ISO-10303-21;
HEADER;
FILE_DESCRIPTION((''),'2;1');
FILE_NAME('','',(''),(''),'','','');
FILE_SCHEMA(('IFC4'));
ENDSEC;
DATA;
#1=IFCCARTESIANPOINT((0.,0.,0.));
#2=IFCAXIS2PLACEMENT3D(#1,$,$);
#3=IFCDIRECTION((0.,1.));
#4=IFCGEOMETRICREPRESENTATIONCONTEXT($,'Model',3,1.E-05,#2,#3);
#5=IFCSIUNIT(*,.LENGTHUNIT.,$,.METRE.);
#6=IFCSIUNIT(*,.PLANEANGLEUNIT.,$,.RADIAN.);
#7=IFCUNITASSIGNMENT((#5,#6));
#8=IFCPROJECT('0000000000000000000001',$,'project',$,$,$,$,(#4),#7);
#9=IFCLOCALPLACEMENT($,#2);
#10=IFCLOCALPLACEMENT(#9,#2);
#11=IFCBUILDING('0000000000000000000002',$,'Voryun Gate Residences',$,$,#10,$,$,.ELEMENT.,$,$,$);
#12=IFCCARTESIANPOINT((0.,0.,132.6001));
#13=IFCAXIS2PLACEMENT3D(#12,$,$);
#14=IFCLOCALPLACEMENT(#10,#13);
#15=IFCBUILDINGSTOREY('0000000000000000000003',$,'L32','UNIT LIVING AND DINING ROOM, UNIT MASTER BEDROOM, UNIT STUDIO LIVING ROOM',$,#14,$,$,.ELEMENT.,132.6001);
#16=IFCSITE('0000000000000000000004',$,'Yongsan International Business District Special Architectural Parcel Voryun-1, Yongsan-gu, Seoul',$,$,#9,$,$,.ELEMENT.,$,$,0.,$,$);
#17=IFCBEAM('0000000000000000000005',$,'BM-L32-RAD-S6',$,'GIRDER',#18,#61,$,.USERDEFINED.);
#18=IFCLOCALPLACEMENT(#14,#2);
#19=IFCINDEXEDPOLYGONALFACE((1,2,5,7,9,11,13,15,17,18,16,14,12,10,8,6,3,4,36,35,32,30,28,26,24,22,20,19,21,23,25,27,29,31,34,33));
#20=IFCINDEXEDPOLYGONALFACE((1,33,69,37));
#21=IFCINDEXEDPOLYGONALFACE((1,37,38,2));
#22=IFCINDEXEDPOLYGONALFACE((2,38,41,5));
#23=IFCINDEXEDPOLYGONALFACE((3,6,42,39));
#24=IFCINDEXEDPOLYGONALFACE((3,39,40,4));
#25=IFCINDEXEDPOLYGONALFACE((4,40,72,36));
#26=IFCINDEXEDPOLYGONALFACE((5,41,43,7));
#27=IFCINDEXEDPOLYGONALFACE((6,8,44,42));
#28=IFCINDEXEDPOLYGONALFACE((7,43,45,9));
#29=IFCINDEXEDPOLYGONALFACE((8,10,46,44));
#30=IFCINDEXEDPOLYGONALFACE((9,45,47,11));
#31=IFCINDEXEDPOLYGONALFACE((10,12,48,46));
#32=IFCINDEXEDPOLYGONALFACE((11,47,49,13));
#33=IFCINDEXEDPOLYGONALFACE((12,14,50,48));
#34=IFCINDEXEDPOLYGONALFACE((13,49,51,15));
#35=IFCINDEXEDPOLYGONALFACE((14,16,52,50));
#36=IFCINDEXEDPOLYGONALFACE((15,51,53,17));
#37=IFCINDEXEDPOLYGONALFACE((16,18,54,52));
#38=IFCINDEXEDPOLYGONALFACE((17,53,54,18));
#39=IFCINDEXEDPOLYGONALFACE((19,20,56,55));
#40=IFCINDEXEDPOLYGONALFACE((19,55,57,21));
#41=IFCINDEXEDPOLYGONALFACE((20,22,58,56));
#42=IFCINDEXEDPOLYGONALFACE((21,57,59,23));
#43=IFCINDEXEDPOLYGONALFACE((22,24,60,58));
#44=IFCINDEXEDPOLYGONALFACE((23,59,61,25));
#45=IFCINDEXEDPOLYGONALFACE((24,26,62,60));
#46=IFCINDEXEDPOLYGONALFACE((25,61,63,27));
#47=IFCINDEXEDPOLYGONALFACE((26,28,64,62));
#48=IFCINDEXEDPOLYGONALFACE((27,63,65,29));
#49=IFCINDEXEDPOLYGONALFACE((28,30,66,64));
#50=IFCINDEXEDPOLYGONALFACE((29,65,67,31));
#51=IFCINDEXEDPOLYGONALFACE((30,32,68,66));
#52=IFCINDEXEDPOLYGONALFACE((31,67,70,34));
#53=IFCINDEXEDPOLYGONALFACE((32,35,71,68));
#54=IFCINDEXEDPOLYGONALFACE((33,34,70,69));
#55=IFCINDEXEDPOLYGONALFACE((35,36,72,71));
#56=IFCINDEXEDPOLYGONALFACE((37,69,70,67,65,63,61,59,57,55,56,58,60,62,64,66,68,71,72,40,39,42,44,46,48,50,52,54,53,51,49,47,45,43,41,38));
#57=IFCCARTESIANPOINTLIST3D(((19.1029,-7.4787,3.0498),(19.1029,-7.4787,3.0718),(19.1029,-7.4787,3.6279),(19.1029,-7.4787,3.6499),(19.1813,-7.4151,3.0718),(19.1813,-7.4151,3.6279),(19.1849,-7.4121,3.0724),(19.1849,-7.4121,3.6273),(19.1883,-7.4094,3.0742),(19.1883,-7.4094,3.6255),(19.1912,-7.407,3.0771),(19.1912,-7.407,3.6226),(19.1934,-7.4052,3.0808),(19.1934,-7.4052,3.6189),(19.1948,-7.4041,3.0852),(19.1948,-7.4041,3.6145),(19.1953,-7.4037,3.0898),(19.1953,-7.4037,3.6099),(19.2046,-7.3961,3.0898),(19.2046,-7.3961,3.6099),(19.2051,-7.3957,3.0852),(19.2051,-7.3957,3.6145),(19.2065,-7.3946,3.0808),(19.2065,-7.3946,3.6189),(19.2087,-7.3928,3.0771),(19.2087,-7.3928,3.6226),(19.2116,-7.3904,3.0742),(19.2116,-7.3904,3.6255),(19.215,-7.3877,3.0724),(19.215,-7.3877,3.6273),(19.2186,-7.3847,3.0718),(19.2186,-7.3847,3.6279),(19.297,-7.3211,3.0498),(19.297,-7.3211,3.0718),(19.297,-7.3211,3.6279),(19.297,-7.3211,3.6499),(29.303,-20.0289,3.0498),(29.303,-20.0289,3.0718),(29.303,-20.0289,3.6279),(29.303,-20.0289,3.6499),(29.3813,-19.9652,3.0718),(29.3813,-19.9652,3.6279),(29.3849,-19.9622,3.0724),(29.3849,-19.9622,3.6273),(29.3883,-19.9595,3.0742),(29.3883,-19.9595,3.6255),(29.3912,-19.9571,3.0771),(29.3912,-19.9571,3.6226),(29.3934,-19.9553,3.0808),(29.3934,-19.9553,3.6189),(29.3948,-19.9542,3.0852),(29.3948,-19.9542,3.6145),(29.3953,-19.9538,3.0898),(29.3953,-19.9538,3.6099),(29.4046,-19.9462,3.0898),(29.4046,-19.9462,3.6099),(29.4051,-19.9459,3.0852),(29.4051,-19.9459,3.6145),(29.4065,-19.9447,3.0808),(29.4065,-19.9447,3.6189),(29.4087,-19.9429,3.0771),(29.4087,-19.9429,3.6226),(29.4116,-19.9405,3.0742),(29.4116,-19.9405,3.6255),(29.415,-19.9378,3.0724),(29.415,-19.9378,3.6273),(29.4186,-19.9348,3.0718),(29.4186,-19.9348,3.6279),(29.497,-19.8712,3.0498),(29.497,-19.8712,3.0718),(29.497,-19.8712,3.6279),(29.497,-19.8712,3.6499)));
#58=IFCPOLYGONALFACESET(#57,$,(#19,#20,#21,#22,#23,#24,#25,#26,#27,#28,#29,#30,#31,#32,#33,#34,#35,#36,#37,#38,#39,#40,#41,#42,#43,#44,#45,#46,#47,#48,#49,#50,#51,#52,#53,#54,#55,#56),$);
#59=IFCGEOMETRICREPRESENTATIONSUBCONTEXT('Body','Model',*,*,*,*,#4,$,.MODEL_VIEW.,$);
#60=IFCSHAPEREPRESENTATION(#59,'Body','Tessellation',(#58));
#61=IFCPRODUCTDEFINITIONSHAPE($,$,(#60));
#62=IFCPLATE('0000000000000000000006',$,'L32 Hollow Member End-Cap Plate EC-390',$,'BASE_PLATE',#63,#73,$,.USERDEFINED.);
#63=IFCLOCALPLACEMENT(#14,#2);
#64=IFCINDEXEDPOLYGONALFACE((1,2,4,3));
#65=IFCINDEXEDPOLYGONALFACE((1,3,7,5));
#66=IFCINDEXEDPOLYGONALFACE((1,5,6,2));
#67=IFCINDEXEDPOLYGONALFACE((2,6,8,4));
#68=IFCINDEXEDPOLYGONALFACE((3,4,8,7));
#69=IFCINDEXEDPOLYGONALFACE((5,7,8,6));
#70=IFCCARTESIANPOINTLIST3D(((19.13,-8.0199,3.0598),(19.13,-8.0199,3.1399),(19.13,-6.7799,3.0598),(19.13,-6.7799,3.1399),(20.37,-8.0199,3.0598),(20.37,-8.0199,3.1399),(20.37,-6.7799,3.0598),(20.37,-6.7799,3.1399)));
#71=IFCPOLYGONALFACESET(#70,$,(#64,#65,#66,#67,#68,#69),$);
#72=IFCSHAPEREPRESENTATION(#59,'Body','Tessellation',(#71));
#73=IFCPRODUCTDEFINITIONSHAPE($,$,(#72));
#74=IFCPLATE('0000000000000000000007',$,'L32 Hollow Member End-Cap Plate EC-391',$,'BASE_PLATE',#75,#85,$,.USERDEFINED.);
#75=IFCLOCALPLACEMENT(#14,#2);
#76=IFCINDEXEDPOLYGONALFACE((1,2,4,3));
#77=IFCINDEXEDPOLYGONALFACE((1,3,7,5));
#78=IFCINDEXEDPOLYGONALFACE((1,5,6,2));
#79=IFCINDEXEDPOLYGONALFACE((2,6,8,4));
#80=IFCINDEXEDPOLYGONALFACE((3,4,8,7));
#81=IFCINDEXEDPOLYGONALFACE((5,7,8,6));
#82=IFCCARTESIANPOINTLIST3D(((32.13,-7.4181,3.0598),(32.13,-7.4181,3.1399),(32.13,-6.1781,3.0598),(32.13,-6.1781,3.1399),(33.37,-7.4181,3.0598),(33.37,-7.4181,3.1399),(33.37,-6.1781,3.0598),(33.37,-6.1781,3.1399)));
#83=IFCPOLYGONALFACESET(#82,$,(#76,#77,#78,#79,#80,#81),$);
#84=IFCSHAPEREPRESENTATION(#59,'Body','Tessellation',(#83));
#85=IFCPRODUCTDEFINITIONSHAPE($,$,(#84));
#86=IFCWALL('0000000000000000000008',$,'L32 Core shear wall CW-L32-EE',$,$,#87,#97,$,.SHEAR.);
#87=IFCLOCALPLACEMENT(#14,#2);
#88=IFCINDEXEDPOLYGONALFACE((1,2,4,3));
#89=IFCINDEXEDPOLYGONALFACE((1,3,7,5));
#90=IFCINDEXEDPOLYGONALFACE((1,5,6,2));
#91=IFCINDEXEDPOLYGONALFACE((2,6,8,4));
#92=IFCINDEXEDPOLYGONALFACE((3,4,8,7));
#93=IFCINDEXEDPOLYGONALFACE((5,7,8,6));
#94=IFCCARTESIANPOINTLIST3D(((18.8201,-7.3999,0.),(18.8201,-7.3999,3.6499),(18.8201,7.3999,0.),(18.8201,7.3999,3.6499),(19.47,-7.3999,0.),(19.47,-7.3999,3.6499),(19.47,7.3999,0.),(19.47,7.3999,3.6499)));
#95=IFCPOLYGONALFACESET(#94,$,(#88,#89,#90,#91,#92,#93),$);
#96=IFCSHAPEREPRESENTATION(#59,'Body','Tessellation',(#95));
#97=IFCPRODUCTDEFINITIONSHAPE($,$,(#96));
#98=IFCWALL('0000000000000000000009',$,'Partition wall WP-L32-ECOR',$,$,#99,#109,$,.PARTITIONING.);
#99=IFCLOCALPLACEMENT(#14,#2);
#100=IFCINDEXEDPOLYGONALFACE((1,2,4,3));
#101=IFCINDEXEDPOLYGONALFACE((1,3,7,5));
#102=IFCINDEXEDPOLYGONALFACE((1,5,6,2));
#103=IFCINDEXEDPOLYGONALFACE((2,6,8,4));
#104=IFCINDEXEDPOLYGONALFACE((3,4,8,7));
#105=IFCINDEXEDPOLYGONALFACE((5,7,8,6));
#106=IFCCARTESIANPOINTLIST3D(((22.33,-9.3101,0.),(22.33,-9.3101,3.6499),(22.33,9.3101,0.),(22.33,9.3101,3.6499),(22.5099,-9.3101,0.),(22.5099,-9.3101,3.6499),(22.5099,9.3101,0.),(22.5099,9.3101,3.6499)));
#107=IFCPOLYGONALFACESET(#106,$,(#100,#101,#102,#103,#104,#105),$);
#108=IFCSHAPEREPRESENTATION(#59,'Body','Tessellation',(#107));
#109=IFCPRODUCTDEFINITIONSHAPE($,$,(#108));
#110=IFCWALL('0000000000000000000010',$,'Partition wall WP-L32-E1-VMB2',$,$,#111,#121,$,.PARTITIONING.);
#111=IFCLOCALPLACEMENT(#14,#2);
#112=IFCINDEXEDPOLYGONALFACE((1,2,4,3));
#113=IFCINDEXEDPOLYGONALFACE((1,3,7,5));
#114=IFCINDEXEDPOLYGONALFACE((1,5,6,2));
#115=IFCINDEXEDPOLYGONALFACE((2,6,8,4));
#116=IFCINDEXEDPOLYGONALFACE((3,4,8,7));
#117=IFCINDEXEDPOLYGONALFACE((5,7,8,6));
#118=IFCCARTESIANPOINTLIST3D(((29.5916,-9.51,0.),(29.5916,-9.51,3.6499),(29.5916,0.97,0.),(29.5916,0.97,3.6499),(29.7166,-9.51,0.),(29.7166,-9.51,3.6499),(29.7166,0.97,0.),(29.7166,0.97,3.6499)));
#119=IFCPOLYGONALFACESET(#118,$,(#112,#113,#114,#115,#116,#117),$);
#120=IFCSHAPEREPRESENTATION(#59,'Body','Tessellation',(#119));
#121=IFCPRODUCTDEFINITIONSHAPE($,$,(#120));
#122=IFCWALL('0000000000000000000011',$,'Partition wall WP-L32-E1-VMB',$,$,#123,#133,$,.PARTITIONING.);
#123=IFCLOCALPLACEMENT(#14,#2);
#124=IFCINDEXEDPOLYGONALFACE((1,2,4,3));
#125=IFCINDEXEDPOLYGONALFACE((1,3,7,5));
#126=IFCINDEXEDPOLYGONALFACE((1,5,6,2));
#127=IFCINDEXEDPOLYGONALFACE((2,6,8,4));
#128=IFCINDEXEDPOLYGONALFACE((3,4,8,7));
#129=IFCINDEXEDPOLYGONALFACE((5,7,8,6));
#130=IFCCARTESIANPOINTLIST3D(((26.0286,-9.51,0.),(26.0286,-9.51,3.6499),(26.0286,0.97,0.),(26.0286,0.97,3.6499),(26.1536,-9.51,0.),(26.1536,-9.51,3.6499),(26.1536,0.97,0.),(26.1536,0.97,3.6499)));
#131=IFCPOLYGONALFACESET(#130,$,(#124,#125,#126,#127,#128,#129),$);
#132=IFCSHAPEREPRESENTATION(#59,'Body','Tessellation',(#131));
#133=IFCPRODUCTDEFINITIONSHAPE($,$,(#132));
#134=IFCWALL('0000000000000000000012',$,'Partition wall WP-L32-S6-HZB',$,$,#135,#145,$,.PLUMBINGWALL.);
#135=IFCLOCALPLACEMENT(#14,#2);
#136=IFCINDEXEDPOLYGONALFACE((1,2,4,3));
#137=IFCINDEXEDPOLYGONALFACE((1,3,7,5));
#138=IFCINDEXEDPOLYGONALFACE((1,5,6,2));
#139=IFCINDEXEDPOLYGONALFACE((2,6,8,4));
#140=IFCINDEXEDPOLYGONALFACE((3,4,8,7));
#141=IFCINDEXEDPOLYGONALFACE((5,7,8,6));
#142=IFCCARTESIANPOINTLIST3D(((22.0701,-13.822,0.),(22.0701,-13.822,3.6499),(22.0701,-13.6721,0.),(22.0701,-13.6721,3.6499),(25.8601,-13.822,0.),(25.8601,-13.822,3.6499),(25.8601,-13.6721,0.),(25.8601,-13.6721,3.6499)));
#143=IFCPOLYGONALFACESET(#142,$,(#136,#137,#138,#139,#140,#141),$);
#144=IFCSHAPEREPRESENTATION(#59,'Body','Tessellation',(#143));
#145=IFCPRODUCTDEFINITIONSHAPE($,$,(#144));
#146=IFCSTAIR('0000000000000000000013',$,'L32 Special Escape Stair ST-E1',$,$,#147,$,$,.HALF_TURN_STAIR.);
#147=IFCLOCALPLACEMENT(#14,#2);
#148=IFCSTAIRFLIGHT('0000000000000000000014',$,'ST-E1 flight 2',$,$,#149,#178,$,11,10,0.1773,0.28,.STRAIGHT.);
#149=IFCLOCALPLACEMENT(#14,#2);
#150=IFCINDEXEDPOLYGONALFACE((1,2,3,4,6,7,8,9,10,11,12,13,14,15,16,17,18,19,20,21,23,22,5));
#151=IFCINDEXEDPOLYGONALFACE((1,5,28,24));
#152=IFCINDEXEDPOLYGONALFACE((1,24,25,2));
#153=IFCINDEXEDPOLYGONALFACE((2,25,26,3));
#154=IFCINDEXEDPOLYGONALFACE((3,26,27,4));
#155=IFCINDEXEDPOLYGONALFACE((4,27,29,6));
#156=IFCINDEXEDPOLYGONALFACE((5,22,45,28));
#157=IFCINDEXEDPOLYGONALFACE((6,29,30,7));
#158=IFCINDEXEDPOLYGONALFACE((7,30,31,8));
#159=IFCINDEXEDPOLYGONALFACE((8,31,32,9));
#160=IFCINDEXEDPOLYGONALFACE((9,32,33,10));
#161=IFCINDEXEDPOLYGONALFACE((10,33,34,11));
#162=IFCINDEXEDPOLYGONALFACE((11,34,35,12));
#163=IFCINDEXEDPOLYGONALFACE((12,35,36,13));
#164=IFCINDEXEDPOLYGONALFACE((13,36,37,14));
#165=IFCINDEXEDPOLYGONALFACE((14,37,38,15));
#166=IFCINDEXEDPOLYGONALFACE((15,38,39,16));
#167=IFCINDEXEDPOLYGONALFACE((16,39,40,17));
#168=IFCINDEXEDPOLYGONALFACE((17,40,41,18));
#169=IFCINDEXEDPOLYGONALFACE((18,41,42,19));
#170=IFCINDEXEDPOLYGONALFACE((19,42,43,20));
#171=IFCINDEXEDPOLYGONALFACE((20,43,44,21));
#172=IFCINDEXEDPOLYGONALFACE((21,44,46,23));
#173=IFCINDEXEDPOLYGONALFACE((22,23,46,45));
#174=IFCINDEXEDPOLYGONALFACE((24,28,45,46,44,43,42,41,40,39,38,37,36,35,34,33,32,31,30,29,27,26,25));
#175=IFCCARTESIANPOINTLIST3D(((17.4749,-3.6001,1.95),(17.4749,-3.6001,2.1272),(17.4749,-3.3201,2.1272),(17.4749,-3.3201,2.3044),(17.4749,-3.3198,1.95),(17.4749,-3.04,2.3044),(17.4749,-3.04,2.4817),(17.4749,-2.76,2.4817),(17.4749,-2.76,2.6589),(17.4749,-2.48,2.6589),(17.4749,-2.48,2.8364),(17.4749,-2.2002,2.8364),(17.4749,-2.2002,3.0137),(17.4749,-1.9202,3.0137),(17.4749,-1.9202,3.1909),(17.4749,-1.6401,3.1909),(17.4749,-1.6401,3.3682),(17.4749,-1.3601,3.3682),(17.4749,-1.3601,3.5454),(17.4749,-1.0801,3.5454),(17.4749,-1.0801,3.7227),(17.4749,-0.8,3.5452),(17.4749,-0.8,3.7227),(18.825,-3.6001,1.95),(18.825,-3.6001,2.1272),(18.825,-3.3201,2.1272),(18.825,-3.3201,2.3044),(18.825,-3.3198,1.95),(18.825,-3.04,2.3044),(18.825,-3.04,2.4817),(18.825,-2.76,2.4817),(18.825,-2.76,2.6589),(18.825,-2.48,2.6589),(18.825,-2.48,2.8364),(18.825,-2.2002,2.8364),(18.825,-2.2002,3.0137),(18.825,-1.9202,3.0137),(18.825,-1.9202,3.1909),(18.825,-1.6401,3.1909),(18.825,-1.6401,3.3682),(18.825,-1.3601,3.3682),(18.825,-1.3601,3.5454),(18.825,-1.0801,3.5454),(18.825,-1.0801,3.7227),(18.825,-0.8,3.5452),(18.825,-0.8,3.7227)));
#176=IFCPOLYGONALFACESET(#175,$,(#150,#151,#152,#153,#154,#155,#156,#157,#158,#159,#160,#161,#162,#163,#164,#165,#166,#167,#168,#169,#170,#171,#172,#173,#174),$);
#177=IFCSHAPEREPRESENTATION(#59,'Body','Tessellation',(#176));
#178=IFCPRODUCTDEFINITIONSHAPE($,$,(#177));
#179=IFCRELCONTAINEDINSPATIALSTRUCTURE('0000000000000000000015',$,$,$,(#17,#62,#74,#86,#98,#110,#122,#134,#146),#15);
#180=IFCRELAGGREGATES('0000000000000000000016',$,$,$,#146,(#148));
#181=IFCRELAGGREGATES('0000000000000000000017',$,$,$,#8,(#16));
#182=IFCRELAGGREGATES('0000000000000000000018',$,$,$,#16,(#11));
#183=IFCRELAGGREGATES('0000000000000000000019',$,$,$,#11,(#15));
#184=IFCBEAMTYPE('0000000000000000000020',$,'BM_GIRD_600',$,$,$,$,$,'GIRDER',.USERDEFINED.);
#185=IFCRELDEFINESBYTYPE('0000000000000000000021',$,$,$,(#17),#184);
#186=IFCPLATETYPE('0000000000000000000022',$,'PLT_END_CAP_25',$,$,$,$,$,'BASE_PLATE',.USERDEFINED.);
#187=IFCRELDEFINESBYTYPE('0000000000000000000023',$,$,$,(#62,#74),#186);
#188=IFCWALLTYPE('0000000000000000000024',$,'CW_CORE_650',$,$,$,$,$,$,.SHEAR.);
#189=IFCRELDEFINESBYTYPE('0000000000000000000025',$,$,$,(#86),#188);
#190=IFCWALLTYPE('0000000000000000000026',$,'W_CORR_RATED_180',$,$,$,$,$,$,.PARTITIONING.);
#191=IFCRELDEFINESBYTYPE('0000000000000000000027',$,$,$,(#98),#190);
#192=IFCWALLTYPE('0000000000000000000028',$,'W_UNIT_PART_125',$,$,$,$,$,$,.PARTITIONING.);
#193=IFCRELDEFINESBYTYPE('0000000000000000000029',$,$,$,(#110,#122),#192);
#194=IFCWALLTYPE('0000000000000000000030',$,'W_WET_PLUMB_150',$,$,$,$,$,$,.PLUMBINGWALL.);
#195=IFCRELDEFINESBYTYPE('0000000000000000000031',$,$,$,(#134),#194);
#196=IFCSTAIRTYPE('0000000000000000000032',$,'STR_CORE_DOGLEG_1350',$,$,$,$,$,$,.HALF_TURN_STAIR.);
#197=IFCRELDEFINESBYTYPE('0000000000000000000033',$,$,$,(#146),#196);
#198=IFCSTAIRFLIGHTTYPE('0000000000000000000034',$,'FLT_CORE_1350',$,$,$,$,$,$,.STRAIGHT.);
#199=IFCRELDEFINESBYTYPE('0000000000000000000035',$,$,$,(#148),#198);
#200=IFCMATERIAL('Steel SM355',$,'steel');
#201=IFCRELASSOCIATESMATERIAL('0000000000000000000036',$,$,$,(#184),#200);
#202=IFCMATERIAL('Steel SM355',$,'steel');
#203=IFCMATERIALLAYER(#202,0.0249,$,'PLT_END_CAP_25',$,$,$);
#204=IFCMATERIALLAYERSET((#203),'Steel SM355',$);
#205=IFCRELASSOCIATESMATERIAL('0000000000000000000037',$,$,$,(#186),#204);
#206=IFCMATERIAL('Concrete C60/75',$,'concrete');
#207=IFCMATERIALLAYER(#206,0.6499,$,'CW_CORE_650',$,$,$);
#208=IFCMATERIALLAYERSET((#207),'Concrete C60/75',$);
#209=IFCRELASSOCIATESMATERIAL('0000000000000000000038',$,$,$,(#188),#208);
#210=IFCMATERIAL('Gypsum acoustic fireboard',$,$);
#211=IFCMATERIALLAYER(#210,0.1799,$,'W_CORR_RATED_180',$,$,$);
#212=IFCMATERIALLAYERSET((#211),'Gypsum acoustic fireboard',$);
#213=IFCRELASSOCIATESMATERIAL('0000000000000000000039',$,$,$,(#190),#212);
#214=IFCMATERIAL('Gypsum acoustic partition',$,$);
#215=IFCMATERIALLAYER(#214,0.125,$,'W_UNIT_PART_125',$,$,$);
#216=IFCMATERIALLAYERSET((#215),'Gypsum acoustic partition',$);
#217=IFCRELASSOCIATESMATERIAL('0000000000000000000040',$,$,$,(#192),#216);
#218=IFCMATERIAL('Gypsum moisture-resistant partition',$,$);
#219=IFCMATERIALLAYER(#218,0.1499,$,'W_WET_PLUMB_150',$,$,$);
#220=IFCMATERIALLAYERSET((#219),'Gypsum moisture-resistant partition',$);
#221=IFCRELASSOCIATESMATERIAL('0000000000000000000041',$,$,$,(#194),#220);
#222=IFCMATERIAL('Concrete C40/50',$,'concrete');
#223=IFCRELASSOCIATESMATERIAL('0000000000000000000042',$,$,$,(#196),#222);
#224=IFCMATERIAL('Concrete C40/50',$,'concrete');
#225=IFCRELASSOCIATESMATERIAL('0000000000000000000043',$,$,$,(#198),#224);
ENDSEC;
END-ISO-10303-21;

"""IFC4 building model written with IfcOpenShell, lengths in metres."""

from ifc_helpers import new_model, si_unit, direction, frame, frame_2d, origin, origin_2d, place, context, subcontext, project, spatial, polyline, rectangle, i_section, outline, extrude, material, layer, layer_set, material_profile, profile_set, type_object, element, aggregate, save


model = new_model("IFC4")

# Units and contexts
model_context = context("Model", 3, precision=1e-05, world=origin(), true_north=direction((0.0, 1.0)))
body_context = subcontext(model_context, "Body", "Model", "MODEL_VIEW")
ifc_project = project(units=[si_unit("LENGTHUNIT", "METRE"), si_unit("PLANEANGLEUNIT", "RADIAN")], contexts=[model_context])

# Site, building, storey
site_placement = place(None, origin())
site = spatial("IfcSite", under=ifc_project, at=site_placement, Name="Yongsan International Business District Special Architectural Parcel Voryun-1, Yongsan-gu, Seoul", CompositionType="ELEMENT", RefElevation=0.0)
building_placement = place(site_placement, origin())
building = spatial("IfcBuilding", under=site, at=building_placement, Name="Voryun Gate Residences", CompositionType="ELEMENT")
storey_placement = place(building_placement, frame((0.0, 0.0, 132.6001)))
storey = spatial("IfcBuildingStorey", under=building, at=storey_placement, Name="L32", Description="UNIT LIVING AND DINING ROOM, UNIT MASTER BEDROOM, UNIT STUDIO LIVING ROOM", CompositionType="ELEMENT", Elevation=132.6001)

# Beam
ifc_material_1 = material(Name="Steel SM355", Category="steel")
ifc_material_profile_1 = material_profile(ifc_material_1, i_section(OverallWidth=0.25, OverallDepth=0.6001, WebThickness=0.012, FlangeThickness=0.022, FilletRadius=0.0181, at=origin_2d()), Name="H-600x250x12x22")
ifc_profile_set_1 = profile_set([ifc_material_profile_1], Name="Steel SM355")
beam_type_1 = type_object("IfcBeamType", Name="BM_GIRD_600", ElementType="GIRDER", PredefinedType="USERDEFINED", material=ifc_profile_set_1)
beam_1_placement = place(storey_placement, frame((19.2, -7.3999, 3.3499), z_axis=(0.630706, -0.776022, 0.0), x_axis=(0.776022, 0.630706, 0.0)))
element("IfcBeam", 1, at=beam_1_placement, inside=storey, type_object=beam_type_1, Name="BM-L32-RAD-S6", ObjectType="GIRDER", PredefinedType="USERDEFINED", context=body_context, shape_type="SweptSolid", body=[
    extrude(i_section(OverallWidth=0.25, OverallDepth=0.6001, WebThickness=0.012, FlangeThickness=0.022, FilletRadius=0.0181, at=origin_2d()), origin(), (0.0, 0.0, 1.0), 16.1724),
])

# Plates
ifc_material_2 = material(Name="Steel SM355", Category="steel")
ifc_layer_1 = layer(ifc_material_2, 0.0249, Name="PLT_END_CAP_25")
ifc_layer_set_1 = layer_set([ifc_layer_1], Name="Steel SM355")
plate_type = type_object("IfcPlateType", Name="PLT_END_CAP_25", ElementType="BASE_PLATE", PredefinedType="USERDEFINED", material=ifc_layer_set_1)
for number, where, z_axis, x_axis, name in (
    (2, (19.75, -7.3999, 3.0598), (0.0, 0.0, 1.0), (1.0, 0.0, 0.0), "L32 Hollow Member End-Cap Plate EC-390"),
    (3, (32.75, -6.7981, 3.0598), (0.0, 0.0, 1.0), (1.0, 0.0, 0.0), "L32 Hollow Member End-Cap Plate EC-391"),
):
    element("IfcPlate", number, at=place(storey_placement, frame(where, z_axis=z_axis, x_axis=x_axis)), inside=storey, type_object=plate_type, Name=name, ObjectType="BASE_PLATE", PredefinedType="USERDEFINED", context=body_context, shape_type="SweptSolid", body=[
        extrude(rectangle(XDim=1.24, YDim=1.24, at=origin_2d()), origin(), (0.0, 0.0, 1.0), 0.0801),
    ])

# Walls
ifc_material_3 = material(Name="Concrete C60/75", Category="concrete")
ifc_layer_2 = layer(ifc_material_3, 0.6499, Name="CW_CORE_650")
ifc_layer_set_2 = layer_set([ifc_layer_2], Name="Concrete C60/75")
wall_type_1 = type_object("IfcWallType", Name="CW_CORE_650", PredefinedType="SHEAR", material=ifc_layer_set_2)
wall_1_placement = place(storey_placement, frame((19.145, -7.3999, 0.0), z_axis=(0.0, 0.0, 1.0), x_axis=(0.0, 1.0, 0.0)))
element("IfcWall", 4, at=wall_1_placement, inside=storey, type_object=wall_type_1, Name="L32 Core shear wall CW-L32-EE", PredefinedType="SHEAR", context=body_context, shape_type="SweptSolid", body=[
    extrude(rectangle(XDim=14.7998, YDim=0.6499, at=frame_2d((7.3999, 0.0))), origin(), (0.0, 0.0, 1.0), 3.6499),
])
ifc_material_4 = material(Name="Gypsum acoustic fireboard")
ifc_layer_3 = layer(ifc_material_4, 0.1799, Name="W_CORR_RATED_180")
ifc_layer_set_3 = layer_set([ifc_layer_3], Name="Gypsum acoustic fireboard")
wall_type_2 = type_object("IfcWallType", Name="W_CORR_RATED_180", PredefinedType="PARTITIONING", material=ifc_layer_set_3)
wall_2_placement = place(storey_placement, frame((22.4199, -9.3101, 0.0), z_axis=(0.0, 0.0, 1.0), x_axis=(0.0, 1.0, 0.0)))
element("IfcWall", 5, at=wall_2_placement, inside=storey, type_object=wall_type_2, Name="Partition wall WP-L32-ECOR", PredefinedType="PARTITIONING", context=body_context, shape_type="SweptSolid", body=[
    extrude(rectangle(XDim=18.6201, YDim=0.1799, at=frame_2d((9.3101, 0.0))), origin(), (0.0, 0.0, 1.0), 3.6499),
])
ifc_material_5 = material(Name="Gypsum acoustic partition")
ifc_layer_4 = layer(ifc_material_5, 0.125, Name="W_UNIT_PART_125")
ifc_layer_set_4 = layer_set([ifc_layer_4], Name="Gypsum acoustic partition")
wall_type_3 = type_object("IfcWallType", Name="W_UNIT_PART_125", PredefinedType="PARTITIONING", material=ifc_layer_set_4)
for number, where, z_axis, x_axis, name in (
    (6, (29.6541, -9.51, 0.0), (0.0, 0.0, 1.0), (0.0, 1.0, 0.0), "Partition wall WP-L32-E1-VMB2"),
    (7, (26.0911, -9.51, 0.0), (0.0, 0.0, 1.0), (0.0, 1.0, 0.0), "Partition wall WP-L32-E1-VMB"),
):
    element("IfcWall", number, at=place(storey_placement, frame(where, z_axis=z_axis, x_axis=x_axis)), inside=storey, type_object=wall_type_3, Name=name, PredefinedType="PARTITIONING", context=body_context, shape_type="SweptSolid", body=[
        extrude(rectangle(XDim=10.48, YDim=0.125, at=frame_2d((5.24, 0.0))), origin(), (0.0, 0.0, 1.0), 3.6499),
    ])
ifc_material_6 = material(Name="Gypsum moisture-resistant partition")
ifc_layer_5 = layer(ifc_material_6, 0.1499, Name="W_WET_PLUMB_150")
ifc_layer_set_5 = layer_set([ifc_layer_5], Name="Gypsum moisture-resistant partition")
wall_type_4 = type_object("IfcWallType", Name="W_WET_PLUMB_150", PredefinedType="PLUMBINGWALL", material=ifc_layer_set_5)
wall_3_placement = place(storey_placement, frame((22.0701, -13.7471, 0.0), z_axis=(0.0, 0.0, 1.0), x_axis=(1.0, 0.0, 0.0)))
element("IfcWall", 8, at=wall_3_placement, inside=storey, type_object=wall_type_4, Name="Partition wall WP-L32-S6-HZB", PredefinedType="PLUMBINGWALL", context=body_context, shape_type="SweptSolid", body=[
    extrude(rectangle(XDim=3.79, YDim=0.1499, at=frame_2d((1.895, 0.0))), origin(), (0.0, 0.0, 1.0), 3.6499),
])

# Stair, stair flight
ifc_material_7 = material(Name="Concrete C40/50", Category="concrete")
stair_type = type_object("IfcStairType", Name="STR_CORE_DOGLEG_1350", PredefinedType="HALF_TURN_STAIR", material=ifc_material_7)
stair_placement = place(storey_placement, origin())
stair = element("IfcStair", 9, at=stair_placement, inside=storey, type_object=stair_type, Name="L32 Special Escape Stair ST-E1", PredefinedType="HALF_TURN_STAIR")
ifc_material_8 = material(Name="Concrete C40/50", Category="concrete")
stair_flight_type = type_object("IfcStairFlightType", Name="FLT_CORE_1350", PredefinedType="STRAIGHT", material=ifc_material_8)
stair_flight_placement = place(storey_placement, frame((18.1499, -3.6001, 1.95), z_axis=(0.0, 0.0, 1.0), x_axis=(0.0, 1.0, 0.0)))
stair_flight = element("IfcStairFlight", 10, at=stair_flight_placement, type_object=stair_flight_type, Name="ST-E1 flight 2", NumberOfRisers=11, NumberOfTreads=10, PredefinedType="STRAIGHT", RiserHeight=0.1773, TreadLength=0.28, context=body_context, shape_type="SweptSolid", body=[
    extrude(outline(polyline([(0.0, 0.0), (0.0, 0.1772), (0.28, 0.1772), (0.28, 0.3545), (0.5601, 0.3545), (0.5601, 0.5317), (0.8401, 0.5317), (0.8401, 0.709), (1.1201, 0.709), (1.1201, 0.8865), (1.3999, 0.8865), (1.3999, 1.0637), (1.6799, 1.0637), (1.6799, 1.241), (1.96, 1.241), (1.96, 1.4182), (2.24, 1.4182), (2.24, 1.5955), (2.52, 1.5955), (2.52, 1.7727), (2.8, 1.7727), (2.8, 1.95), (2.8, 1.5952), (0.2803, 0.0), (0.0, 0.0)])), frame((0.0, 0.675, 0.0), z_axis=(0.0, -1.0, 0.0), x_axis=(1.0, 0.0, 0.0)), (0.0, 0.0, 1.0), 1.3501),
])
aggregate(stair, [stair_flight])

save(model, "model.ifc")
